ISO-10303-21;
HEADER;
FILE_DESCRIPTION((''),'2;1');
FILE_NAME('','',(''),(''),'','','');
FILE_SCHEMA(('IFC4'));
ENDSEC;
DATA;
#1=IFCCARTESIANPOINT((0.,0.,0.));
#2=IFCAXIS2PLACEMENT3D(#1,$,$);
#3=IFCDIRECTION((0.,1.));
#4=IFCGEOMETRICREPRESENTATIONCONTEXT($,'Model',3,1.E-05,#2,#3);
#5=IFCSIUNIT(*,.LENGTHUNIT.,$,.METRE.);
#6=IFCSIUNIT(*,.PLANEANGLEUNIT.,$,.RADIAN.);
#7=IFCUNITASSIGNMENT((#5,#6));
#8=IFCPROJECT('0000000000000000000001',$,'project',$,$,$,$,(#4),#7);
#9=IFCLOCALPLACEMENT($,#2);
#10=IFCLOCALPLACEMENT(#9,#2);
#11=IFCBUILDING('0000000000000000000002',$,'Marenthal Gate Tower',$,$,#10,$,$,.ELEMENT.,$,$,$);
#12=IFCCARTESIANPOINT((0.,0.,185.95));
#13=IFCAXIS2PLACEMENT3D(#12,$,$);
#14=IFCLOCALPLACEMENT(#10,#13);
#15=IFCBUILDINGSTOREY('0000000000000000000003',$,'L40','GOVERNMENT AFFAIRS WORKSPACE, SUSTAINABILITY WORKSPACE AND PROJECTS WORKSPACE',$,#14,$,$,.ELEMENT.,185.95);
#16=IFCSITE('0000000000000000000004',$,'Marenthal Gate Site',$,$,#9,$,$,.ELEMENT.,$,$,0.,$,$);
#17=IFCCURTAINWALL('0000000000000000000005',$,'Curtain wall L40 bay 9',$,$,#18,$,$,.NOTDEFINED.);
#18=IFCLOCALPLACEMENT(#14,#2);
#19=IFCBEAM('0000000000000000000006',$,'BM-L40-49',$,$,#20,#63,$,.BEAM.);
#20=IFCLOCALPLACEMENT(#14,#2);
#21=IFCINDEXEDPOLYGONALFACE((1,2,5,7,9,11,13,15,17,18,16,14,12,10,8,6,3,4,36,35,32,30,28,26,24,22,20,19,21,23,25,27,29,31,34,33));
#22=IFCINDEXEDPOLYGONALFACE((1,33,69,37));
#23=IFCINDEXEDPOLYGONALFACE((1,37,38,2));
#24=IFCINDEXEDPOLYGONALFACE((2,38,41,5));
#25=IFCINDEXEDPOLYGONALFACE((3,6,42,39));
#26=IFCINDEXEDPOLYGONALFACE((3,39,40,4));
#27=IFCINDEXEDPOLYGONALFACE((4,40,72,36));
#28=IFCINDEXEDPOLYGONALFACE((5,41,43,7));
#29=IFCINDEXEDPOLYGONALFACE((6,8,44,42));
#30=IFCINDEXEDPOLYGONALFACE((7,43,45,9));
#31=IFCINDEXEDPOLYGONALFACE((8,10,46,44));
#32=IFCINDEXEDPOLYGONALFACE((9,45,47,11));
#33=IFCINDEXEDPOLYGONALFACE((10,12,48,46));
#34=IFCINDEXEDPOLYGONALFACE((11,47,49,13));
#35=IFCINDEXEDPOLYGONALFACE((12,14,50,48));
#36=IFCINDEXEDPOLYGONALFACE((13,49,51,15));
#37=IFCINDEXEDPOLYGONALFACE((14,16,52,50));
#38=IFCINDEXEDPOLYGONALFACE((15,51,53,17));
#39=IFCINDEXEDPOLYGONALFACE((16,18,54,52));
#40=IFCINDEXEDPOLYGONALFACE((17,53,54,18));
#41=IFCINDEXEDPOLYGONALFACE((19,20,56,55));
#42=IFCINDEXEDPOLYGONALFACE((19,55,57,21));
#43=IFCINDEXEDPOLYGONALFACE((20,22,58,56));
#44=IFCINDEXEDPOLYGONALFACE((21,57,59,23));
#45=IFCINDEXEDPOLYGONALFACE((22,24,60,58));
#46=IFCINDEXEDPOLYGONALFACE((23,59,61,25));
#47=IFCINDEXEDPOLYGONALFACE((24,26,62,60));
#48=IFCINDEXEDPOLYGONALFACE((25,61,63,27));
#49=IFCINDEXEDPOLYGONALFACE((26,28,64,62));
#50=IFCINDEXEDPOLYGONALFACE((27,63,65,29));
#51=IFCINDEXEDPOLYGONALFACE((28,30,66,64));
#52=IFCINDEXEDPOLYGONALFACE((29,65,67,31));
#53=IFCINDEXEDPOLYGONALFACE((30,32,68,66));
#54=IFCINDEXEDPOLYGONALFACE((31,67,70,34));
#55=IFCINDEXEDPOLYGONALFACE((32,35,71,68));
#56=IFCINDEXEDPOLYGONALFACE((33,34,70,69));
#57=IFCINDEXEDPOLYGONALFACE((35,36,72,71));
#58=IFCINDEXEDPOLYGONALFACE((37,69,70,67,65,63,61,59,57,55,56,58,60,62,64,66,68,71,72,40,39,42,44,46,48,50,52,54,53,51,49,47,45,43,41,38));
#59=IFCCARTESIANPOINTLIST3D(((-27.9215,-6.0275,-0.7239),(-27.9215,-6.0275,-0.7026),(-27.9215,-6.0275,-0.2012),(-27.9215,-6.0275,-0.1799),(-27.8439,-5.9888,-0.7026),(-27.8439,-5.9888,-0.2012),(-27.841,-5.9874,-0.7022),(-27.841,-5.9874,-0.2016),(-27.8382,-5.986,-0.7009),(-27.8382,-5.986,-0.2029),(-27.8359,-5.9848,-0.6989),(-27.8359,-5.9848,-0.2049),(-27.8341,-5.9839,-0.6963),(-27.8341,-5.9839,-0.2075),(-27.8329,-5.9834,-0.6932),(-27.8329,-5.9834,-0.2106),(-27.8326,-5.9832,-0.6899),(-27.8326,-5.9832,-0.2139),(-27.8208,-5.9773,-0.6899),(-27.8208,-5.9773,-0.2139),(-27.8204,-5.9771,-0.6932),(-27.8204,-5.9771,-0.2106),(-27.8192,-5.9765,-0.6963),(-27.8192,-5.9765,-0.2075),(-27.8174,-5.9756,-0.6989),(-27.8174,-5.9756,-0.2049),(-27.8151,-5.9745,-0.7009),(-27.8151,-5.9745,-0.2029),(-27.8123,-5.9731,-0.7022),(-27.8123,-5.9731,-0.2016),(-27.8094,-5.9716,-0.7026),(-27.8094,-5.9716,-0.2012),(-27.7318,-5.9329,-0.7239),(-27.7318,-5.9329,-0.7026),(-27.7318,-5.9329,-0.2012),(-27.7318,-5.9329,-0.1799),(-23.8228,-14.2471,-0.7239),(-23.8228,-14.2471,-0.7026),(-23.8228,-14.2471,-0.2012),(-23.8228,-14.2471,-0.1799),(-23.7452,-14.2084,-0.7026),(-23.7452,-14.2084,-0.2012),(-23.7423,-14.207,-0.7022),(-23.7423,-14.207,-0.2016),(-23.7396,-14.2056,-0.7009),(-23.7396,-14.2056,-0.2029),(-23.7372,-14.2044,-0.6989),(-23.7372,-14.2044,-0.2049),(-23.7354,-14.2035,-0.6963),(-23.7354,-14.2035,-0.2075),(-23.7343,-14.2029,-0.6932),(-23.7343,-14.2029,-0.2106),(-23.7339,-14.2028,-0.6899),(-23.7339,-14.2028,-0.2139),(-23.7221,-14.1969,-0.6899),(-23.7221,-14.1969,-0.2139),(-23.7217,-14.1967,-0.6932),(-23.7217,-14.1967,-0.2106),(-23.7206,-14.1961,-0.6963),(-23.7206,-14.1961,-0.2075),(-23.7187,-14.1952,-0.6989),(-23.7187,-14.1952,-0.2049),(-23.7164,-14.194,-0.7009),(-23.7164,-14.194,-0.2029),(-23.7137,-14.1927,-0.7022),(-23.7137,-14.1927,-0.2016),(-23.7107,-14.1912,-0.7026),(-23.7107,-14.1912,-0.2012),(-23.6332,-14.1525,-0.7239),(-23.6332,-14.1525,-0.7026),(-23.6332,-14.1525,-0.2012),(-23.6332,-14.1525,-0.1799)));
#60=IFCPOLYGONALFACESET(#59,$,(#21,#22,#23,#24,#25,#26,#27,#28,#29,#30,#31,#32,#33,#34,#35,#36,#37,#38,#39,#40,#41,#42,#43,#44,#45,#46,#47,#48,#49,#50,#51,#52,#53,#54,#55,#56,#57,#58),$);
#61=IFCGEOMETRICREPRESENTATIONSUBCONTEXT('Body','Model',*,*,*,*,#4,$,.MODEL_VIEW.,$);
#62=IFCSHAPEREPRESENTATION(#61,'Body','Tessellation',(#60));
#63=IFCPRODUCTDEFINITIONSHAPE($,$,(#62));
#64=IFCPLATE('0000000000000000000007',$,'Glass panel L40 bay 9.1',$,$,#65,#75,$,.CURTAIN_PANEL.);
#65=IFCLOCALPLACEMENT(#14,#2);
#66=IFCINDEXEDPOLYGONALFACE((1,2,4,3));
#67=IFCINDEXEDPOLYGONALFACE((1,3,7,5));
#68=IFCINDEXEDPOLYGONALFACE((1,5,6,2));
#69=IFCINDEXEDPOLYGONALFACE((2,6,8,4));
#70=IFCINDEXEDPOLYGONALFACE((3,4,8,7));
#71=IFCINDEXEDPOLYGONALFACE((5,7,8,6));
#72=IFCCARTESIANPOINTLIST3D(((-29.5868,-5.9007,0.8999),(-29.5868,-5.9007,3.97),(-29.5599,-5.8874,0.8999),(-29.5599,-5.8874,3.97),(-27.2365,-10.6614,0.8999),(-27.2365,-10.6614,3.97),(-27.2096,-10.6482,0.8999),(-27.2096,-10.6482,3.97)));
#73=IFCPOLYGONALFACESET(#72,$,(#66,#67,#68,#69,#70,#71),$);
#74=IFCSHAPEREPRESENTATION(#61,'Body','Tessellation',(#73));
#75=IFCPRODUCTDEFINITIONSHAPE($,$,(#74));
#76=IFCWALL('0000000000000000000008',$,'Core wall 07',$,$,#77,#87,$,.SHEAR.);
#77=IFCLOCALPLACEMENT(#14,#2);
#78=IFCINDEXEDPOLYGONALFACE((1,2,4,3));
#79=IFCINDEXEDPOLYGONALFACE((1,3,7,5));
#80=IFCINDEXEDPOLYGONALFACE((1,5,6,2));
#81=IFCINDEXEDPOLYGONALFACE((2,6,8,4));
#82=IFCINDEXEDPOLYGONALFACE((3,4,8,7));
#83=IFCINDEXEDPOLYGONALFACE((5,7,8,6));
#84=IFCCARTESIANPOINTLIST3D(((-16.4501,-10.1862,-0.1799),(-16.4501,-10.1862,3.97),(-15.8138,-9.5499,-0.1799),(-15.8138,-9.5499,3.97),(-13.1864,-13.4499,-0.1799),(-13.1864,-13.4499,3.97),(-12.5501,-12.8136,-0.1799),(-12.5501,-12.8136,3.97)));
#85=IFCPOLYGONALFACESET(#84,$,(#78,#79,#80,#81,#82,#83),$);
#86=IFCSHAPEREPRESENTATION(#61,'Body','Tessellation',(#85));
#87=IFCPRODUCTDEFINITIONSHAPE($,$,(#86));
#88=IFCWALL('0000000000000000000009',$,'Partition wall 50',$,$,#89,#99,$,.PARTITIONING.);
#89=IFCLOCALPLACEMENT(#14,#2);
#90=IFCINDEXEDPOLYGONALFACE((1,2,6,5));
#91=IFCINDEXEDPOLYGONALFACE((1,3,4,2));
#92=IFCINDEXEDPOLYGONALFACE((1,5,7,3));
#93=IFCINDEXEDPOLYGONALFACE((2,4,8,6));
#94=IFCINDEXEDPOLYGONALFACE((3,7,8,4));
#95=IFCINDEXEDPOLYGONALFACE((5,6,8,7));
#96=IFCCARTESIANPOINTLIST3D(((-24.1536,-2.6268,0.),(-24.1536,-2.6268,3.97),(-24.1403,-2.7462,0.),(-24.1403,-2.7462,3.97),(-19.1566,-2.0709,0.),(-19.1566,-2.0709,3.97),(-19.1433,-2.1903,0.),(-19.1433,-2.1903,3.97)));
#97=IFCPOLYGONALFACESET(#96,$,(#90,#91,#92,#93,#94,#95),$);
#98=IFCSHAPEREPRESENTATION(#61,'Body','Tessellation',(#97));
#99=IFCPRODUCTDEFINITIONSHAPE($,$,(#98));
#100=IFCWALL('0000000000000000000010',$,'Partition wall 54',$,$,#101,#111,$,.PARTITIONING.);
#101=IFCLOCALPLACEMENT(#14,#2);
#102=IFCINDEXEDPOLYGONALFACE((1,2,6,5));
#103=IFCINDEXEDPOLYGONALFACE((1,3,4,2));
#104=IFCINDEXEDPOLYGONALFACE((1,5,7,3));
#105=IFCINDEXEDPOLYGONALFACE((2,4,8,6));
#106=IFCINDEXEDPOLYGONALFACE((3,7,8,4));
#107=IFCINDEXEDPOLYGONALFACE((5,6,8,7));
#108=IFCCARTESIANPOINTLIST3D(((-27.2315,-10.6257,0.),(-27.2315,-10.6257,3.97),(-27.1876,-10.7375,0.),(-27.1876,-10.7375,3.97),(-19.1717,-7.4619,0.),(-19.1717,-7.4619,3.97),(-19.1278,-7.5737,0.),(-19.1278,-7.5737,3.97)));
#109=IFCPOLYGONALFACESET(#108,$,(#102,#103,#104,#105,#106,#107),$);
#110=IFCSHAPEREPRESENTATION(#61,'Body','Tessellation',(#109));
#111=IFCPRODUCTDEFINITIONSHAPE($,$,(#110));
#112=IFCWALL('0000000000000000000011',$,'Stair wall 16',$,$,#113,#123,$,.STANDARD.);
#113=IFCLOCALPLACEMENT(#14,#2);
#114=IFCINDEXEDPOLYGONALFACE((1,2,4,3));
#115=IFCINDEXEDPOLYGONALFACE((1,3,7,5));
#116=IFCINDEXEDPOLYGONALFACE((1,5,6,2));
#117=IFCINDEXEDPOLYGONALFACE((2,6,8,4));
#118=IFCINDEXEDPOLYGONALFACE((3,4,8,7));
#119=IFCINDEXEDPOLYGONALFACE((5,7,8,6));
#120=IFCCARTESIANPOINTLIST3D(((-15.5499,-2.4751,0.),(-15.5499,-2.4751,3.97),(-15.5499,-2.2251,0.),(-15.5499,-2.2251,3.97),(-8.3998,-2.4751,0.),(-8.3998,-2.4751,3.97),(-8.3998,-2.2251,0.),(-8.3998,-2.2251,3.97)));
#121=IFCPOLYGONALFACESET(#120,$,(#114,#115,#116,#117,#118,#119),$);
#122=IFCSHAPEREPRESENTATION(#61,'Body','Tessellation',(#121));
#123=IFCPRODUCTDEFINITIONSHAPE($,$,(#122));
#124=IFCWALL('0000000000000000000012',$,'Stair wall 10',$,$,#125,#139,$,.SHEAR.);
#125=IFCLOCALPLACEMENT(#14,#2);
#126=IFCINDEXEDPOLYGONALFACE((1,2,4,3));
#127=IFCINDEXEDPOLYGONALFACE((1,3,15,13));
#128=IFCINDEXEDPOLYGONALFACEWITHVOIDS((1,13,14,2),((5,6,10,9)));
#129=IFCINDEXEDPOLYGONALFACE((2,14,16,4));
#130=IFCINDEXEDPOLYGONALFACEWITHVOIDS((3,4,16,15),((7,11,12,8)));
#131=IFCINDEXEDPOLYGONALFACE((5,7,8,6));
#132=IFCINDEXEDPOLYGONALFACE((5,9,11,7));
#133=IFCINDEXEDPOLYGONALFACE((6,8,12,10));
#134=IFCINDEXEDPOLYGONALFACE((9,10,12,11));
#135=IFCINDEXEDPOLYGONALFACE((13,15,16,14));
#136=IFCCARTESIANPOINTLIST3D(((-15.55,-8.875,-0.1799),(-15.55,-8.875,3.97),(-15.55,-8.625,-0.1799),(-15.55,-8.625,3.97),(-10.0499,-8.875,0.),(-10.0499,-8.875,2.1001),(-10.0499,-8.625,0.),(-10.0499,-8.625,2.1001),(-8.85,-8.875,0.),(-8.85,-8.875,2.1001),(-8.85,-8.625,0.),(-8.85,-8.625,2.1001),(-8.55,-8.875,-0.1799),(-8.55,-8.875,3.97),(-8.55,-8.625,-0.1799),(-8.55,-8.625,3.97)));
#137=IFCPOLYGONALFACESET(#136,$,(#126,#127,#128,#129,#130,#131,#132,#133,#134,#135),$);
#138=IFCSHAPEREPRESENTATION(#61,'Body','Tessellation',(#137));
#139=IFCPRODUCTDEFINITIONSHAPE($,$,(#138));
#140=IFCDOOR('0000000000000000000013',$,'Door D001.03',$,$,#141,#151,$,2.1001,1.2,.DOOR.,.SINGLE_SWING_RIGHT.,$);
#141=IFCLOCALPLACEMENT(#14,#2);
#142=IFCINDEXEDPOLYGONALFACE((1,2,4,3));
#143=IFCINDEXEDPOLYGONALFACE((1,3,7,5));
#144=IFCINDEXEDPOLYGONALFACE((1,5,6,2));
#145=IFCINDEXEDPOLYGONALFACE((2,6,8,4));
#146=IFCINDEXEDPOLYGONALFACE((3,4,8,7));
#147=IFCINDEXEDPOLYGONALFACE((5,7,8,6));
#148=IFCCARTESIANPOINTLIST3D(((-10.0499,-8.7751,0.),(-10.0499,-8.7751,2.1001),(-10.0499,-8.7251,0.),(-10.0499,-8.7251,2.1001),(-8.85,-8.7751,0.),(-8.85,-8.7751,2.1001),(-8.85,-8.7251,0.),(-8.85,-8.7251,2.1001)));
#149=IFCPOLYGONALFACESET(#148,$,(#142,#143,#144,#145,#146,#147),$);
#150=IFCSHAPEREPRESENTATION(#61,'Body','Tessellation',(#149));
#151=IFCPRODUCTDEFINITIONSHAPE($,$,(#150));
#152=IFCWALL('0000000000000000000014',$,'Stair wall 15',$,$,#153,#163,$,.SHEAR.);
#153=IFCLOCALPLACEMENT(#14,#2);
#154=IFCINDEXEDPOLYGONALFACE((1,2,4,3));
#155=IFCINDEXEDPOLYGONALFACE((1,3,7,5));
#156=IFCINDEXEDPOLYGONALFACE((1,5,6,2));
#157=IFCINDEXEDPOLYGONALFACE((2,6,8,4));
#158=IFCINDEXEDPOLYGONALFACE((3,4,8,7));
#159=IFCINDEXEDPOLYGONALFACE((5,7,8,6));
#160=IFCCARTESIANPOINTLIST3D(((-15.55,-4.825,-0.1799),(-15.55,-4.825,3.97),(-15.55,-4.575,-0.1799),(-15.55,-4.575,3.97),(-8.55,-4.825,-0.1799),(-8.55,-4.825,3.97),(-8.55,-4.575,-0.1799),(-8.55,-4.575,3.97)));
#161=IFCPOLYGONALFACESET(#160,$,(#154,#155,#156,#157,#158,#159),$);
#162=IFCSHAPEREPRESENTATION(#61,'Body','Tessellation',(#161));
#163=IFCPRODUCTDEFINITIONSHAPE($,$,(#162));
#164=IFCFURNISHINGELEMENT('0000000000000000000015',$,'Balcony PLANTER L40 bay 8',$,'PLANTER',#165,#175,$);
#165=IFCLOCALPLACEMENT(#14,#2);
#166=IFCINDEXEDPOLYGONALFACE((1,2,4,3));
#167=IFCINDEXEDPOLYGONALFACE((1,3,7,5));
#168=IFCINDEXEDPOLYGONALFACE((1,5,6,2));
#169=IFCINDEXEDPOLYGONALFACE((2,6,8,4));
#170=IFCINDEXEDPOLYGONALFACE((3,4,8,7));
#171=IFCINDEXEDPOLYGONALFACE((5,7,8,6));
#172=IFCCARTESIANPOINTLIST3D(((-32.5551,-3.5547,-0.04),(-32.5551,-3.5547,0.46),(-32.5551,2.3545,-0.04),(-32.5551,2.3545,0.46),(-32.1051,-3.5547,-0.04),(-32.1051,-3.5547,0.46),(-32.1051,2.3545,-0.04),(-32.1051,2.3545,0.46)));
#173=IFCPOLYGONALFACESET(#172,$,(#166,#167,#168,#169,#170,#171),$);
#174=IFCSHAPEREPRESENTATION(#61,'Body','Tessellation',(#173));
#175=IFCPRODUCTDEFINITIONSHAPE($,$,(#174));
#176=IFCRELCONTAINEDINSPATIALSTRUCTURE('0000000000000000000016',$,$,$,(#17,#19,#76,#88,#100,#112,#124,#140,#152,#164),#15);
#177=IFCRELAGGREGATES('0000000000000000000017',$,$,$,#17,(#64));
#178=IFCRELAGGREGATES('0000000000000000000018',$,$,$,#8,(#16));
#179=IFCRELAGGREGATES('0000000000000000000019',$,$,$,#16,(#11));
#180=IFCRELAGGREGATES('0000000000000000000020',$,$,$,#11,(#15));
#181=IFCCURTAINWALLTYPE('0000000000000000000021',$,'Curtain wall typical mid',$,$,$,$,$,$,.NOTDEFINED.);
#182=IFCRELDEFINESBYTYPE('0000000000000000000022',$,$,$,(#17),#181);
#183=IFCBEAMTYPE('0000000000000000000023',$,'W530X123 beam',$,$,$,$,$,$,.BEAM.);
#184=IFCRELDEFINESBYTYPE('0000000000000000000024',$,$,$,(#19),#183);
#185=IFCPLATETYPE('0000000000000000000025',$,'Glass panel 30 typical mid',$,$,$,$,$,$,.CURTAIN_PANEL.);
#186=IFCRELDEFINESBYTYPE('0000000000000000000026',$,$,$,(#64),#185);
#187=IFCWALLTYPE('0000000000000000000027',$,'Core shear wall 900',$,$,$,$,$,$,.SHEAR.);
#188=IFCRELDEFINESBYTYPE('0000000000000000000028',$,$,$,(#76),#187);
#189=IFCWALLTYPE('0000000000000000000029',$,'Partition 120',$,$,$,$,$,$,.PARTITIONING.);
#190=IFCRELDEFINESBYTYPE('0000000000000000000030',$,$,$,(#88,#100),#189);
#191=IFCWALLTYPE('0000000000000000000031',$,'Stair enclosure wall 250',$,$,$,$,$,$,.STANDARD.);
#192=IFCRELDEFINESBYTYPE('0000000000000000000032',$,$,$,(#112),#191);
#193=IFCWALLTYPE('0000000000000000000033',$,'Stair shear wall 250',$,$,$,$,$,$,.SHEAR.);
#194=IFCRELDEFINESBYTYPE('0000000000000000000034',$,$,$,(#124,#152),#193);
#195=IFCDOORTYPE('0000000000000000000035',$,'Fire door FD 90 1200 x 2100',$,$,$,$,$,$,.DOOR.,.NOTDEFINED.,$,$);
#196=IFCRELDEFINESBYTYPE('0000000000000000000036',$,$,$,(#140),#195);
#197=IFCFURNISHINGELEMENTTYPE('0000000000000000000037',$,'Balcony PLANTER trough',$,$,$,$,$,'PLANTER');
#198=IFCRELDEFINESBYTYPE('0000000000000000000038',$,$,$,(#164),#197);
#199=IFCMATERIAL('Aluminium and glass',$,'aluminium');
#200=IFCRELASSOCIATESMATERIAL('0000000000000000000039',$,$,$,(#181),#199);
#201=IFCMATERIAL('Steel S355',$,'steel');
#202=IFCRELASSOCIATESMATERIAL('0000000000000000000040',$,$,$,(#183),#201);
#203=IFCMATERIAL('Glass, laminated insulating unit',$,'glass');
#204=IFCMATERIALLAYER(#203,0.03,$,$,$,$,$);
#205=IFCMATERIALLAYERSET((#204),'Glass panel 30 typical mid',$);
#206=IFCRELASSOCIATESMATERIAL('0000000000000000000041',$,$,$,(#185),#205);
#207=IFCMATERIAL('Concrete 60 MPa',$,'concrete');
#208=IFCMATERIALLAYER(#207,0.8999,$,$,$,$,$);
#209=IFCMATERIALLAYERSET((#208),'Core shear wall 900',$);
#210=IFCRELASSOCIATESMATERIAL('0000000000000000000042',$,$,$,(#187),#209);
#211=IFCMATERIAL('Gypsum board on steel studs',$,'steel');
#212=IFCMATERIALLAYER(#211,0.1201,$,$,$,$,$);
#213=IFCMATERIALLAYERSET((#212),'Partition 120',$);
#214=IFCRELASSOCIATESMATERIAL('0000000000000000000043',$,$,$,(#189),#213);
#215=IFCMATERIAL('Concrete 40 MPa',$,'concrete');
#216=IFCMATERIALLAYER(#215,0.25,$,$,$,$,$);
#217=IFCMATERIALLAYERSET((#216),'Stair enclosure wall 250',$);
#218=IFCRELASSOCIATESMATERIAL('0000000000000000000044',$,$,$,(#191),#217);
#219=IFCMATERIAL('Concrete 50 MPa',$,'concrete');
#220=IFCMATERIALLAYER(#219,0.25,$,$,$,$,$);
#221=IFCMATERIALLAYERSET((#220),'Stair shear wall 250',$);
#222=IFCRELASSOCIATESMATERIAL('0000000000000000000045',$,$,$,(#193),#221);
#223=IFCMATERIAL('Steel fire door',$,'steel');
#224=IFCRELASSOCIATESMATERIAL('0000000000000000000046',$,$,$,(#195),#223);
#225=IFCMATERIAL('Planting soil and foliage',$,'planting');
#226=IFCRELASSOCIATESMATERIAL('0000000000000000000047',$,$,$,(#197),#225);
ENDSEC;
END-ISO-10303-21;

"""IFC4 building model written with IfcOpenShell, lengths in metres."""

from ifc_helpers import new_model, si_unit, direction, frame, frame_2d, origin, origin_2d, place, context, subcontext, project, spatial, rectangle, i_section, extrude, material, layer, layer_set, material_profile, profile_set, type_object, element, fill, aggregate, save


model = new_model("IFC4")

# Units and contexts
model_context = context("Model", 3, precision=1e-05, world=origin(), true_north=direction((0.0, 1.0)))
body_context = subcontext(model_context, "Body", "Model", "MODEL_VIEW")
ifc_project = project(units=[si_unit("LENGTHUNIT", "METRE"), si_unit("PLANEANGLEUNIT", "RADIAN")], contexts=[model_context])

# Site, building, storey
site_placement = place(None, origin())
site = spatial("IfcSite", under=ifc_project, at=site_placement, Name="Marenthal Gate Site", CompositionType="ELEMENT", RefElevation=0.0)
building_placement = place(site_placement, origin())
building = spatial("IfcBuilding", under=site, at=building_placement, Name="Marenthal Gate Tower", CompositionType="ELEMENT")
storey_placement = place(building_placement, frame((0.0, 0.0, 185.95)))
storey = spatial("IfcBuildingStorey", under=building, at=storey_placement, Name="L40", Description="GOVERNMENT AFFAIRS WORKSPACE, SUSTAINABILITY WORKSPACE AND PROJECTS WORKSPACE", CompositionType="ELEMENT", Elevation=185.95)

# Curtain wall
ifc_material_1 = material(Name="Aluminium and glass", Category="aluminium")
curtain_wall_type = type_object("IfcCurtainWallType", Name="Curtain wall typical mid", PredefinedType="NOTDEFINED", material=ifc_material_1)
curtain_wall_placement = place(storey_placement, origin())
curtain_wall = element("IfcCurtainWall", 1, at=curtain_wall_placement, inside=storey, type_object=curtain_wall_type, Name="Curtain wall L40 bay 9", PredefinedType="NOTDEFINED")

# Beam
ifc_material_2 = material(Name="Steel S355", Category="steel")
ifc_material_profile_1 = material_profile(ifc_material_2, i_section(OverallWidth=0.2119, OverallDepth=0.5439, WebThickness=0.0132, FlangeThickness=0.0212, FilletRadius=0.0127, at=origin_2d()), Name="W530X123")
ifc_profile_set_1 = profile_set([ifc_material_profile_1], Name="Steel S355")
beam_type_1 = type_object("IfcBeamType", Name="W530X123 beam", PredefinedType="BEAM", material=ifc_profile_set_1)
beam_1_placement = place(storey_placement, frame((-27.8267, -5.9802, -0.4519), z_axis=(0.446246, -0.89491, 0.0), x_axis=(0.89491, 0.446246, 0.0)))
element("IfcBeam", 2, at=beam_1_placement, inside=storey, type_object=beam_type_1, Name="BM-L40-49", PredefinedType="BEAM", context=body_context, shape_type="SweptSolid", body=[
    extrude(i_section(OverallWidth=0.2119, OverallDepth=0.5439, WebThickness=0.0132, FlangeThickness=0.0212, FilletRadius=0.0127, at=origin_2d()), origin(), (0.0, 0.0, 1.0), 9.1848),
])

# Plate
ifc_material_3 = material(Name="Glass, laminated insulating unit", Category="glass")
ifc_layer_1 = layer(ifc_material_3, 0.03)
ifc_layer_set_1 = layer_set([ifc_layer_1], Name="Glass panel 30 typical mid")
plate_type = type_object("IfcPlateType", Name="Glass panel 30 typical mid", PredefinedType="CURTAIN_PANEL", material=ifc_layer_set_1)
plate_placement = place(storey_placement, frame((-28.3982, -8.2744, 0.8999), z_axis=(0.0, 0.0, 1.0), x_axis=(0.442678, -0.896681, 0.0)))
plate = element("IfcPlate", 3, at=plate_placement, type_object=plate_type, Name="Glass panel L40 bay 9.1", PredefinedType="CURTAIN_PANEL", context=body_context, shape_type="SweptSolid", body=[
    extrude(rectangle(XDim=5.3093, YDim=0.03, at=origin_2d()), origin(), (0.0, 0.0, 1.0), 3.0701),
])
aggregate(curtain_wall, [plate])

# Walls
ifc_material_4 = material(Name="Concrete 60 MPa", Category="concrete")
ifc_layer_2 = layer(ifc_material_4, 0.8999)
ifc_layer_set_2 = layer_set([ifc_layer_2], Name="Core shear wall 900")
wall_type_1 = type_object("IfcWallType", Name="Core shear wall 900", PredefinedType="SHEAR", material=ifc_layer_set_2)
wall_1_placement = place(storey_placement, frame((-16.1318, -9.8682, -0.1799), z_axis=(0.0, 0.0, 1.0), x_axis=(0.707107, -0.707107, 0.0)))
element("IfcWall", 4, at=wall_1_placement, inside=storey, type_object=wall_type_1, Name="Core wall 07", PredefinedType="SHEAR", context=body_context, shape_type="SweptSolid", body=[
    extrude(rectangle(XDim=4.6155, YDim=0.8999, at=frame_2d((2.3076, 0.0))), origin(), (0.0, 0.0, 1.0), 4.1499),
])
ifc_material_5 = material(Name="Gypsum board on steel studs", Category="steel")
ifc_layer_3 = layer(ifc_material_5, 0.1201)
ifc_layer_set_3 = layer_set([ifc_layer_3], Name="Partition 120")
wall_type_2 = type_object("IfcWallType", Name="Partition 120", PredefinedType="PARTITIONING", material=ifc_layer_set_3)
wall_2_placement = place(storey_placement, frame((-24.147, -2.6865, 0.0), z_axis=(0.0, 0.0, 1.0), x_axis=(0.993869, 0.110565, 0.0)))
element("IfcWall", 5, at=wall_2_placement, inside=storey, type_object=wall_type_2, Name="Partition wall 50", PredefinedType="PARTITIONING", context=body_context, shape_type="SweptSolid", body=[
    extrude(rectangle(XDim=5.0278, YDim=0.1201, at=frame_2d((2.5139, 0.0))), origin(), (0.0, 0.0, 1.0), 3.97),
])
wall_3_placement = place(storey_placement, frame((-19.1499, -7.5178, 0.0), z_axis=(0.0, 0.0, 1.0), x_axis=(-0.930851, -0.365398, 0.0)))
element("IfcWall", 6, at=wall_3_placement, inside=storey, type_object=wall_type_2, Name="Partition wall 54", PredefinedType="PARTITIONING", context=body_context, shape_type="SweptSolid", body=[
    extrude(rectangle(XDim=8.6584, YDim=0.1201, at=frame_2d((4.3291, 0.0))), origin(), (0.0, 0.0, 1.0), 3.97),
])
ifc_material_6 = material(Name="Concrete 40 MPa", Category="concrete")
ifc_layer_4 = layer(ifc_material_6, 0.25)
ifc_layer_set_4 = layer_set([ifc_layer_4], Name="Stair enclosure wall 250")
wall_type_3 = type_object("IfcWallType", Name="Stair enclosure wall 250", PredefinedType="STANDARD", material=ifc_layer_set_4)
wall_4_placement = place(storey_placement, frame((-15.55, -2.3501, 0.0), z_axis=(0.0, 0.0, 1.0), x_axis=(1.0, 0.0, 0.0)))
element("IfcWall", 7, at=wall_4_placement, inside=storey, type_object=wall_type_3, Name="Stair wall 16", PredefinedType="STANDARD", context=body_context, shape_type="SweptSolid", body=[
    extrude(rectangle(XDim=7.1501, YDim=0.25, at=frame_2d((3.5752, 0.0))), origin(), (0.0, 0.0, 1.0), 3.97),
])

# Wall, opening, door
ifc_material_7 = material(Name="Concrete 50 MPa", Category="concrete")
ifc_layer_5 = layer(ifc_material_7, 0.25)
ifc_layer_set_5 = layer_set([ifc_layer_5], Name="Stair shear wall 250")
wall_type_4 = type_object("IfcWallType", Name="Stair shear wall 250", PredefinedType="SHEAR", material=ifc_layer_set_5)
wall_5_placement = place(storey_placement, frame((-15.55, -8.75, -0.1799), z_axis=(0.0, 0.0, 1.0), x_axis=(1.0, 0.0, 0.0)))
wall_5 = element("IfcWall", 8, at=wall_5_placement, inside=storey, type_object=wall_type_4, Name="Stair wall 10", PredefinedType="SHEAR", context=body_context, shape_type="SweptSolid", body=[
    extrude(rectangle(XDim=7.0, YDim=0.25, at=frame_2d((3.5, 0.0))), origin(), (0.0, 0.0, 1.0), 4.1499),
])
opening_placement = place(wall_5_placement, frame((5.5, 0.0, 0.1799)))
opening = element("IfcOpeningElement", 9, at=opening_placement, cuts=wall_5, PredefinedType="OPENING", context=body_context, shape_type="SweptSolid", body=[
    extrude(rectangle(XDim=1.2, YDim=2.1001, at=frame_2d((0.6001, 1.05))), frame((0.0, 0.135, 0.0), z_axis=(0.0, -1.0, 0.0), x_axis=(1.0, 0.0, 0.0)), (0.0, 0.0, 1.0), 0.27),
])
ifc_material_8 = material(Name="Steel fire door", Category="steel")
door_type = type_object("IfcDoorType", Name="Fire door FD 90 1200 x 2100", OperationType="NOTDEFINED", PredefinedType="DOOR", material=ifc_material_8)
door_placement = place(opening_placement, origin())
door = element("IfcDoor", 10, at=door_placement, inside=storey, type_object=door_type, Name="Door D001.03", OperationType="SINGLE_SWING_RIGHT", OverallHeight=2.1001, OverallWidth=1.2, PredefinedType="DOOR", context=body_context, shape_type="SweptSolid", body=[
    extrude(rectangle(XDim=1.2, YDim=2.1001, at=frame_2d((0.6001, 1.05))), frame((0.0, 0.0249, 0.0), z_axis=(0.0, -1.0, 0.0), x_axis=(1.0, 0.0, 0.0)), (0.0, 0.0, 1.0), 0.05),
])
fill(opening, door)

# Wall
wall_6_placement = place(storey_placement, frame((-15.55, -4.7, -0.1799), z_axis=(0.0, 0.0, 1.0), x_axis=(1.0, 0.0, 0.0)))
element("IfcWall", 11, at=wall_6_placement, inside=storey, type_object=wall_type_4, Name="Stair wall 15", PredefinedType="SHEAR", context=body_context, shape_type="SweptSolid", body=[
    extrude(rectangle(XDim=7.0, YDim=0.25, at=frame_2d((3.5, 0.0))), origin(), (0.0, 0.0, 1.0), 4.1499),
])

# Furnishing element
ifc_material_9 = material(Name="Planting soil and foliage", Category="planting")
furnishing_element_type = type_object("IfcFurnishingElementType", Name="Balcony PLANTER trough", ElementType="PLANTER", material=ifc_material_9)
furnishing_placement = place(storey_placement, frame((-32.3301, -0.6001, -0.04), z_axis=(0.0, 0.0, 1.0), x_axis=(0.0, -1.0, 0.0)))
element("IfcFurnishingElement", 12, at=furnishing_placement, inside=storey, type_object=furnishing_element_type, Name="Balcony PLANTER L40 bay 8", ObjectType="PLANTER", context=body_context, shape_type="SweptSolid", body=[
    extrude(rectangle(XDim=5.9092, YDim=0.45, at=origin_2d()), origin(), (0.0, 0.0, 1.0), 0.5),
])

save(model, "model.ifc")
